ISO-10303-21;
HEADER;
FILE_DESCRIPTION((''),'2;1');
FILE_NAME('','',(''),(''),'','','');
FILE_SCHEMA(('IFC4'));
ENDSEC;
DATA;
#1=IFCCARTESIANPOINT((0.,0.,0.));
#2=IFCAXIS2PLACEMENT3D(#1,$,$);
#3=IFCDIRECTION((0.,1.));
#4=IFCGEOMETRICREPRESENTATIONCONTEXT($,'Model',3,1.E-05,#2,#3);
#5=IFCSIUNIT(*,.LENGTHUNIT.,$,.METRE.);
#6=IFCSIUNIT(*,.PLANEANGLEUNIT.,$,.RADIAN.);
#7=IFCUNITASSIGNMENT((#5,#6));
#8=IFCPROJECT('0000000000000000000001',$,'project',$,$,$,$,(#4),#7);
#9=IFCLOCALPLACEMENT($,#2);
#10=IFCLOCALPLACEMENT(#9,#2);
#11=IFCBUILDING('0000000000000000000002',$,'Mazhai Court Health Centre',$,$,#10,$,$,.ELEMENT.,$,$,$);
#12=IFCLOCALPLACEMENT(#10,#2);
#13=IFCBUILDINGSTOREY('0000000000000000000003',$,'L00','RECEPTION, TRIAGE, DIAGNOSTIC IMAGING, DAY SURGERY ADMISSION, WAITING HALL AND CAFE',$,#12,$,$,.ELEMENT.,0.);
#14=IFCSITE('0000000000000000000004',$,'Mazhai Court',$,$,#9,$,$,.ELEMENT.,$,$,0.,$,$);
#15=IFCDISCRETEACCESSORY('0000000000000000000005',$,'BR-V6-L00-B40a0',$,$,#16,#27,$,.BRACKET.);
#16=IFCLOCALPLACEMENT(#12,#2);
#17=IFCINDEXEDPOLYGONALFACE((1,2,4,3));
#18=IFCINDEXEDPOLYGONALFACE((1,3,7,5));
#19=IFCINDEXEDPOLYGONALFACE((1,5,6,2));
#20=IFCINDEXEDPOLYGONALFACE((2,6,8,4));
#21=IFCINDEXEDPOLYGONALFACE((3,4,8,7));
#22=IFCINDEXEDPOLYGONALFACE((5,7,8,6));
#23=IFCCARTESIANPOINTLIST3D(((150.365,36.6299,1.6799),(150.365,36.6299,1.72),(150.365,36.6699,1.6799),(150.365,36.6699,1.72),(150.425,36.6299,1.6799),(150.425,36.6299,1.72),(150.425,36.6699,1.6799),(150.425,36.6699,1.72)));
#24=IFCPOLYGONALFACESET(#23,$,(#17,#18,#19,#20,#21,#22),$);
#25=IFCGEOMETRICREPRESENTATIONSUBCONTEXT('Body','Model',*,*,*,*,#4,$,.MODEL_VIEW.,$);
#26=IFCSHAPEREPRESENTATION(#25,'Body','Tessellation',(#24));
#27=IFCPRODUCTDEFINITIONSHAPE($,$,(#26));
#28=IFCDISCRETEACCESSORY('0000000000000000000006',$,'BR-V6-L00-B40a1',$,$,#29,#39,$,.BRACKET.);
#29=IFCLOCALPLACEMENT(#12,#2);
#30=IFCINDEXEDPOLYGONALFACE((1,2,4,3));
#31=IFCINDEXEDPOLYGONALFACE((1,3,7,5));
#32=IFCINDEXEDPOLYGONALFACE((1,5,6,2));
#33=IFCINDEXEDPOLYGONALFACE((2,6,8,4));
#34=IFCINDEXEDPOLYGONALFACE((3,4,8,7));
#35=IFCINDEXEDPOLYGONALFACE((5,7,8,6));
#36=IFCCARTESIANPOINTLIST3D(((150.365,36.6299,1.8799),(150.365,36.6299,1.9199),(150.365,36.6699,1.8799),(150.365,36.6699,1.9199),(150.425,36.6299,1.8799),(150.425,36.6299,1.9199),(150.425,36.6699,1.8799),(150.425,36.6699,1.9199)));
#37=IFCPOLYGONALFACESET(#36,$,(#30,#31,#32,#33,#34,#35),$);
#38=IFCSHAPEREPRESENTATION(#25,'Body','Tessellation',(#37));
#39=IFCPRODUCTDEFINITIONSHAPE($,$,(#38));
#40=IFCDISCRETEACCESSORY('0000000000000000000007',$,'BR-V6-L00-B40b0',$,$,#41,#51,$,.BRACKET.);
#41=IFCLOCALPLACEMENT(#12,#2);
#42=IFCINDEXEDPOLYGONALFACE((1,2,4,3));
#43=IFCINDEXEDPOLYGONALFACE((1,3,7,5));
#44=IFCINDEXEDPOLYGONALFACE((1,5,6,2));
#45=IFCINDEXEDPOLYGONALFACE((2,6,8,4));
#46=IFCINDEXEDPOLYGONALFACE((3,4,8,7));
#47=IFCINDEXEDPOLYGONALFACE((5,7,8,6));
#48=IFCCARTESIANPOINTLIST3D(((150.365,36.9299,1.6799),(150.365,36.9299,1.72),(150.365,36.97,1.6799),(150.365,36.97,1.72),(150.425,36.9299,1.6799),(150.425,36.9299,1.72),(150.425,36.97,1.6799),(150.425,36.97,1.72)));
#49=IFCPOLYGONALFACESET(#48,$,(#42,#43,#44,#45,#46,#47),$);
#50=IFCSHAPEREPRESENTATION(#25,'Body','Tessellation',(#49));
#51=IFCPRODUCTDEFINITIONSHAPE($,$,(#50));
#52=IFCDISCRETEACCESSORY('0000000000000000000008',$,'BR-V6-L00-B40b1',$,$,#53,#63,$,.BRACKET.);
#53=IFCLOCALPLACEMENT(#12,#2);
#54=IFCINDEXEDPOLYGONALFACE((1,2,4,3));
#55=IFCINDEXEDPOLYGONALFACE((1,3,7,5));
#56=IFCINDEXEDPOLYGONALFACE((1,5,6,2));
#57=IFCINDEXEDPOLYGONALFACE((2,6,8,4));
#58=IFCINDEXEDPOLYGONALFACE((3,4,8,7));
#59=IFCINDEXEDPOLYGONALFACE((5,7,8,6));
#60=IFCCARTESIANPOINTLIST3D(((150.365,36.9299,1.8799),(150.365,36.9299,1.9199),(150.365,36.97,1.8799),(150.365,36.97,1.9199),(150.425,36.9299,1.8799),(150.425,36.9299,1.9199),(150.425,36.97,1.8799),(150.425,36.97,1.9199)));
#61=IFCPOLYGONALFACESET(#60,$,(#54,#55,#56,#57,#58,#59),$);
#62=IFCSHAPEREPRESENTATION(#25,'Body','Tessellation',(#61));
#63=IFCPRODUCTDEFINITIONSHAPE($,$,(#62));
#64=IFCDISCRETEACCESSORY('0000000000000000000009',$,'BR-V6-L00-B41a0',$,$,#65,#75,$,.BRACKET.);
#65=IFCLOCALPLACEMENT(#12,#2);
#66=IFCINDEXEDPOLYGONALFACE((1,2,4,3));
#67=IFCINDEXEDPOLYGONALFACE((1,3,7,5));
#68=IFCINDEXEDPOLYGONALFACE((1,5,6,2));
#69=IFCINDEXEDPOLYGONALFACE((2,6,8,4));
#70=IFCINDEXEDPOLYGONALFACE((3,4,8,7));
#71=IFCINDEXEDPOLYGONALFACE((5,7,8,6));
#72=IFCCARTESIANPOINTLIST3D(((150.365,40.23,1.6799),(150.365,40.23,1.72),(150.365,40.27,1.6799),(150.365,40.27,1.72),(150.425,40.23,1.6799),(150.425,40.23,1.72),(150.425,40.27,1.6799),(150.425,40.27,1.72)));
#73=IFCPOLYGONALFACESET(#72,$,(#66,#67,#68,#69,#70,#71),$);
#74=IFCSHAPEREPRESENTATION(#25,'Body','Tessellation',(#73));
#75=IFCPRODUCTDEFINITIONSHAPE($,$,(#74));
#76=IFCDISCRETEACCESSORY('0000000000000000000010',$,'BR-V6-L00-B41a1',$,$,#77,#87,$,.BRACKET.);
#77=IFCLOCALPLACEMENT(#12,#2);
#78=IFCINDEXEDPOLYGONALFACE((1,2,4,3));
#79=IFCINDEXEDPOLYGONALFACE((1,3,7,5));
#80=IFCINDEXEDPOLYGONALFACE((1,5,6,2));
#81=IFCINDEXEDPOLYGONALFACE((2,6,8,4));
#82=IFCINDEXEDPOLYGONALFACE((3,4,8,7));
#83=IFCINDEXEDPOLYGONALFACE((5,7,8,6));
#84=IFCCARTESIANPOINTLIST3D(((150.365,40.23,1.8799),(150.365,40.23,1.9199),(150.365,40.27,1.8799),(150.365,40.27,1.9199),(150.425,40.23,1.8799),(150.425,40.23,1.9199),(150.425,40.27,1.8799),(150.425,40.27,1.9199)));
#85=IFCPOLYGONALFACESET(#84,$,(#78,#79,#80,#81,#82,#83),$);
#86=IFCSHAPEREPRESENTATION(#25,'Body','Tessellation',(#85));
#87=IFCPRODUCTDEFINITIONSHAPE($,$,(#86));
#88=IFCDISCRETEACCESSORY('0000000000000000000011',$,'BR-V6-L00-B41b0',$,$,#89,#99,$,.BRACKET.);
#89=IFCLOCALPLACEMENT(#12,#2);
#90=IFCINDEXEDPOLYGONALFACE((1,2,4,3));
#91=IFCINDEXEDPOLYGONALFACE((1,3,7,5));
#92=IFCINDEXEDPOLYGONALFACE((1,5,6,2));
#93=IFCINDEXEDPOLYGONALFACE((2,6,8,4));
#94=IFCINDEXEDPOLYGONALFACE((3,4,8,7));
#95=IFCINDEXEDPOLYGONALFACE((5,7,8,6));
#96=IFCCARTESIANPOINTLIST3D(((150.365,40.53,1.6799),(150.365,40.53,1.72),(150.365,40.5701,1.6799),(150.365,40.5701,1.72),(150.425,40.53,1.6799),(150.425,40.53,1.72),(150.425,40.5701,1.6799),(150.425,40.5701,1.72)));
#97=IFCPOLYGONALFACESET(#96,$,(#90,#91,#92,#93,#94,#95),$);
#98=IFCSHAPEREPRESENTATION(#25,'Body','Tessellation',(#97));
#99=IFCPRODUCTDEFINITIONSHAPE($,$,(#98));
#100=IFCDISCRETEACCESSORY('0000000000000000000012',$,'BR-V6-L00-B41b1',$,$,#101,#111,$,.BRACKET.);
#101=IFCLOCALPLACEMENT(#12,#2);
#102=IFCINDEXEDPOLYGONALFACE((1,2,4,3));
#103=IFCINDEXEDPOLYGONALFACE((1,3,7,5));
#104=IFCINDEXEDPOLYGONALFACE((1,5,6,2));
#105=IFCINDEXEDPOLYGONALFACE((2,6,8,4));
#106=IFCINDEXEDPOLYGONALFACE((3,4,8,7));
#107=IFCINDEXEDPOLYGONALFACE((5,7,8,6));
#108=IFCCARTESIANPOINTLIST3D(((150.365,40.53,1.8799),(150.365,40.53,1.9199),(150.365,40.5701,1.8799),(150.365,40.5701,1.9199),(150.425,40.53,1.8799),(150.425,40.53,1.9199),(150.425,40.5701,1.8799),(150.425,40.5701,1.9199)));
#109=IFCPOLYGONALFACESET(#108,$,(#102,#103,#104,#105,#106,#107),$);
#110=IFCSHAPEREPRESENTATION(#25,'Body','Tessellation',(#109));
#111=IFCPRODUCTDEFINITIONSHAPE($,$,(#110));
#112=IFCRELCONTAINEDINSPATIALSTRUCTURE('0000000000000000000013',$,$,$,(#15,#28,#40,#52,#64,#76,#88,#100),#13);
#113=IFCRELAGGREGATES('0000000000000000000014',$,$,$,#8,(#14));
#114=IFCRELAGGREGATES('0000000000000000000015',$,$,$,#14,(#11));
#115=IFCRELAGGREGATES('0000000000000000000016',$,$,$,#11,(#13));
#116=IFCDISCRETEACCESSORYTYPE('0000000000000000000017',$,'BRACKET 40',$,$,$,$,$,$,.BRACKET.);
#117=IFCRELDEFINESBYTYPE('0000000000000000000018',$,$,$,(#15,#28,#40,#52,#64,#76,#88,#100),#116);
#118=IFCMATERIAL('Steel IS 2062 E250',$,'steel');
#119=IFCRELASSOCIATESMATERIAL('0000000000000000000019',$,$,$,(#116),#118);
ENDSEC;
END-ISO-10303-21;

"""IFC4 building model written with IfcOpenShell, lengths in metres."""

from ifc_helpers import new_model, si_unit, direction, frame, origin, origin_2d, place, context, subcontext, project, spatial, rectangle, extrude, material, type_object, element, save


model = new_model("IFC4")

# Units and contexts
model_context = context("Model", 3, precision=1e-05, world=origin(), true_north=direction((0.0, 1.0)))
body_context = subcontext(model_context, "Body", "Model", "MODEL_VIEW")
ifc_project = project(units=[si_unit("LENGTHUNIT", "METRE"), si_unit("PLANEANGLEUNIT", "RADIAN")], contexts=[model_context])

# Site, building, storey
site_placement = place(None, origin())
site = spatial("IfcSite", under=ifc_project, at=site_placement, Name="Mazhai Court", CompositionType="ELEMENT", RefElevation=0.0)
building_placement = place(site_placement, origin())
building = spatial("IfcBuilding", under=site, at=building_placement, Name="Mazhai Court Health Centre", CompositionType="ELEMENT")
storey_placement = place(building_placement, origin())
storey = spatial("IfcBuildingStorey", under=building, at=storey_placement, Name="L00", Description="RECEPTION, TRIAGE, DIAGNOSTIC IMAGING, DAY SURGERY ADMISSION, WAITING HALL AND CAFE", CompositionType="ELEMENT", Elevation=0.0)

# Discrete accessories
ifc_material_1 = material(Name="Steel IS 2062 E250", Category="steel")
discrete_accessory_type = type_object("IfcDiscreteAccessoryType", Name="BRACKET 40", PredefinedType="BRACKET", material=ifc_material_1)
for number, where, z_axis, x_axis, name in (
    (1, (150.395, 36.6499, 1.6799), (0.0, 0.0, 1.0), (0.0, 1.0, 0.0), "BR-V6-L00-B40a0"),
    (2, (150.395, 36.6499, 1.8799), (0.0, 0.0, 1.0), (0.0, 1.0, 0.0), "BR-V6-L00-B40a1"),
    (3, (150.395, 36.95, 1.6799), (0.0, 0.0, 1.0), (0.0, 1.0, 0.0), "BR-V6-L00-B40b0"),
    (4, (150.395, 36.95, 1.8799), (0.0, 0.0, 1.0), (0.0, 1.0, 0.0), "BR-V6-L00-B40b1"),
    (5, (150.395, 40.25, 1.6799), (0.0, 0.0, 1.0), (0.0, 1.0, 0.0), "BR-V6-L00-B41a0"),
    (6, (150.395, 40.25, 1.8799), (0.0, 0.0, 1.0), (0.0, 1.0, 0.0), "BR-V6-L00-B41a1"),
    (7, (150.395, 40.55, 1.6799), (0.0, 0.0, 1.0), (0.0, 1.0, 0.0), "BR-V6-L00-B41b0"),
    (8, (150.395, 40.55, 1.8799), (0.0, 0.0, 1.0), (0.0, 1.0, 0.0), "BR-V6-L00-B41b1"),
):
    element("IfcDiscreteAccessory", number, at=place(storey_placement, frame(where, z_axis=z_axis, x_axis=x_axis)), inside=storey, type_object=discrete_accessory_type, Name=name, PredefinedType="BRACKET", context=body_context, shape_type="SweptSolid", body=[
        extrude(rectangle(XDim=0.04, YDim=0.0601, at=origin_2d()), origin(), (0.0, 0.0, 1.0), 0.04),
    ])

save(model, "model.ifc")
